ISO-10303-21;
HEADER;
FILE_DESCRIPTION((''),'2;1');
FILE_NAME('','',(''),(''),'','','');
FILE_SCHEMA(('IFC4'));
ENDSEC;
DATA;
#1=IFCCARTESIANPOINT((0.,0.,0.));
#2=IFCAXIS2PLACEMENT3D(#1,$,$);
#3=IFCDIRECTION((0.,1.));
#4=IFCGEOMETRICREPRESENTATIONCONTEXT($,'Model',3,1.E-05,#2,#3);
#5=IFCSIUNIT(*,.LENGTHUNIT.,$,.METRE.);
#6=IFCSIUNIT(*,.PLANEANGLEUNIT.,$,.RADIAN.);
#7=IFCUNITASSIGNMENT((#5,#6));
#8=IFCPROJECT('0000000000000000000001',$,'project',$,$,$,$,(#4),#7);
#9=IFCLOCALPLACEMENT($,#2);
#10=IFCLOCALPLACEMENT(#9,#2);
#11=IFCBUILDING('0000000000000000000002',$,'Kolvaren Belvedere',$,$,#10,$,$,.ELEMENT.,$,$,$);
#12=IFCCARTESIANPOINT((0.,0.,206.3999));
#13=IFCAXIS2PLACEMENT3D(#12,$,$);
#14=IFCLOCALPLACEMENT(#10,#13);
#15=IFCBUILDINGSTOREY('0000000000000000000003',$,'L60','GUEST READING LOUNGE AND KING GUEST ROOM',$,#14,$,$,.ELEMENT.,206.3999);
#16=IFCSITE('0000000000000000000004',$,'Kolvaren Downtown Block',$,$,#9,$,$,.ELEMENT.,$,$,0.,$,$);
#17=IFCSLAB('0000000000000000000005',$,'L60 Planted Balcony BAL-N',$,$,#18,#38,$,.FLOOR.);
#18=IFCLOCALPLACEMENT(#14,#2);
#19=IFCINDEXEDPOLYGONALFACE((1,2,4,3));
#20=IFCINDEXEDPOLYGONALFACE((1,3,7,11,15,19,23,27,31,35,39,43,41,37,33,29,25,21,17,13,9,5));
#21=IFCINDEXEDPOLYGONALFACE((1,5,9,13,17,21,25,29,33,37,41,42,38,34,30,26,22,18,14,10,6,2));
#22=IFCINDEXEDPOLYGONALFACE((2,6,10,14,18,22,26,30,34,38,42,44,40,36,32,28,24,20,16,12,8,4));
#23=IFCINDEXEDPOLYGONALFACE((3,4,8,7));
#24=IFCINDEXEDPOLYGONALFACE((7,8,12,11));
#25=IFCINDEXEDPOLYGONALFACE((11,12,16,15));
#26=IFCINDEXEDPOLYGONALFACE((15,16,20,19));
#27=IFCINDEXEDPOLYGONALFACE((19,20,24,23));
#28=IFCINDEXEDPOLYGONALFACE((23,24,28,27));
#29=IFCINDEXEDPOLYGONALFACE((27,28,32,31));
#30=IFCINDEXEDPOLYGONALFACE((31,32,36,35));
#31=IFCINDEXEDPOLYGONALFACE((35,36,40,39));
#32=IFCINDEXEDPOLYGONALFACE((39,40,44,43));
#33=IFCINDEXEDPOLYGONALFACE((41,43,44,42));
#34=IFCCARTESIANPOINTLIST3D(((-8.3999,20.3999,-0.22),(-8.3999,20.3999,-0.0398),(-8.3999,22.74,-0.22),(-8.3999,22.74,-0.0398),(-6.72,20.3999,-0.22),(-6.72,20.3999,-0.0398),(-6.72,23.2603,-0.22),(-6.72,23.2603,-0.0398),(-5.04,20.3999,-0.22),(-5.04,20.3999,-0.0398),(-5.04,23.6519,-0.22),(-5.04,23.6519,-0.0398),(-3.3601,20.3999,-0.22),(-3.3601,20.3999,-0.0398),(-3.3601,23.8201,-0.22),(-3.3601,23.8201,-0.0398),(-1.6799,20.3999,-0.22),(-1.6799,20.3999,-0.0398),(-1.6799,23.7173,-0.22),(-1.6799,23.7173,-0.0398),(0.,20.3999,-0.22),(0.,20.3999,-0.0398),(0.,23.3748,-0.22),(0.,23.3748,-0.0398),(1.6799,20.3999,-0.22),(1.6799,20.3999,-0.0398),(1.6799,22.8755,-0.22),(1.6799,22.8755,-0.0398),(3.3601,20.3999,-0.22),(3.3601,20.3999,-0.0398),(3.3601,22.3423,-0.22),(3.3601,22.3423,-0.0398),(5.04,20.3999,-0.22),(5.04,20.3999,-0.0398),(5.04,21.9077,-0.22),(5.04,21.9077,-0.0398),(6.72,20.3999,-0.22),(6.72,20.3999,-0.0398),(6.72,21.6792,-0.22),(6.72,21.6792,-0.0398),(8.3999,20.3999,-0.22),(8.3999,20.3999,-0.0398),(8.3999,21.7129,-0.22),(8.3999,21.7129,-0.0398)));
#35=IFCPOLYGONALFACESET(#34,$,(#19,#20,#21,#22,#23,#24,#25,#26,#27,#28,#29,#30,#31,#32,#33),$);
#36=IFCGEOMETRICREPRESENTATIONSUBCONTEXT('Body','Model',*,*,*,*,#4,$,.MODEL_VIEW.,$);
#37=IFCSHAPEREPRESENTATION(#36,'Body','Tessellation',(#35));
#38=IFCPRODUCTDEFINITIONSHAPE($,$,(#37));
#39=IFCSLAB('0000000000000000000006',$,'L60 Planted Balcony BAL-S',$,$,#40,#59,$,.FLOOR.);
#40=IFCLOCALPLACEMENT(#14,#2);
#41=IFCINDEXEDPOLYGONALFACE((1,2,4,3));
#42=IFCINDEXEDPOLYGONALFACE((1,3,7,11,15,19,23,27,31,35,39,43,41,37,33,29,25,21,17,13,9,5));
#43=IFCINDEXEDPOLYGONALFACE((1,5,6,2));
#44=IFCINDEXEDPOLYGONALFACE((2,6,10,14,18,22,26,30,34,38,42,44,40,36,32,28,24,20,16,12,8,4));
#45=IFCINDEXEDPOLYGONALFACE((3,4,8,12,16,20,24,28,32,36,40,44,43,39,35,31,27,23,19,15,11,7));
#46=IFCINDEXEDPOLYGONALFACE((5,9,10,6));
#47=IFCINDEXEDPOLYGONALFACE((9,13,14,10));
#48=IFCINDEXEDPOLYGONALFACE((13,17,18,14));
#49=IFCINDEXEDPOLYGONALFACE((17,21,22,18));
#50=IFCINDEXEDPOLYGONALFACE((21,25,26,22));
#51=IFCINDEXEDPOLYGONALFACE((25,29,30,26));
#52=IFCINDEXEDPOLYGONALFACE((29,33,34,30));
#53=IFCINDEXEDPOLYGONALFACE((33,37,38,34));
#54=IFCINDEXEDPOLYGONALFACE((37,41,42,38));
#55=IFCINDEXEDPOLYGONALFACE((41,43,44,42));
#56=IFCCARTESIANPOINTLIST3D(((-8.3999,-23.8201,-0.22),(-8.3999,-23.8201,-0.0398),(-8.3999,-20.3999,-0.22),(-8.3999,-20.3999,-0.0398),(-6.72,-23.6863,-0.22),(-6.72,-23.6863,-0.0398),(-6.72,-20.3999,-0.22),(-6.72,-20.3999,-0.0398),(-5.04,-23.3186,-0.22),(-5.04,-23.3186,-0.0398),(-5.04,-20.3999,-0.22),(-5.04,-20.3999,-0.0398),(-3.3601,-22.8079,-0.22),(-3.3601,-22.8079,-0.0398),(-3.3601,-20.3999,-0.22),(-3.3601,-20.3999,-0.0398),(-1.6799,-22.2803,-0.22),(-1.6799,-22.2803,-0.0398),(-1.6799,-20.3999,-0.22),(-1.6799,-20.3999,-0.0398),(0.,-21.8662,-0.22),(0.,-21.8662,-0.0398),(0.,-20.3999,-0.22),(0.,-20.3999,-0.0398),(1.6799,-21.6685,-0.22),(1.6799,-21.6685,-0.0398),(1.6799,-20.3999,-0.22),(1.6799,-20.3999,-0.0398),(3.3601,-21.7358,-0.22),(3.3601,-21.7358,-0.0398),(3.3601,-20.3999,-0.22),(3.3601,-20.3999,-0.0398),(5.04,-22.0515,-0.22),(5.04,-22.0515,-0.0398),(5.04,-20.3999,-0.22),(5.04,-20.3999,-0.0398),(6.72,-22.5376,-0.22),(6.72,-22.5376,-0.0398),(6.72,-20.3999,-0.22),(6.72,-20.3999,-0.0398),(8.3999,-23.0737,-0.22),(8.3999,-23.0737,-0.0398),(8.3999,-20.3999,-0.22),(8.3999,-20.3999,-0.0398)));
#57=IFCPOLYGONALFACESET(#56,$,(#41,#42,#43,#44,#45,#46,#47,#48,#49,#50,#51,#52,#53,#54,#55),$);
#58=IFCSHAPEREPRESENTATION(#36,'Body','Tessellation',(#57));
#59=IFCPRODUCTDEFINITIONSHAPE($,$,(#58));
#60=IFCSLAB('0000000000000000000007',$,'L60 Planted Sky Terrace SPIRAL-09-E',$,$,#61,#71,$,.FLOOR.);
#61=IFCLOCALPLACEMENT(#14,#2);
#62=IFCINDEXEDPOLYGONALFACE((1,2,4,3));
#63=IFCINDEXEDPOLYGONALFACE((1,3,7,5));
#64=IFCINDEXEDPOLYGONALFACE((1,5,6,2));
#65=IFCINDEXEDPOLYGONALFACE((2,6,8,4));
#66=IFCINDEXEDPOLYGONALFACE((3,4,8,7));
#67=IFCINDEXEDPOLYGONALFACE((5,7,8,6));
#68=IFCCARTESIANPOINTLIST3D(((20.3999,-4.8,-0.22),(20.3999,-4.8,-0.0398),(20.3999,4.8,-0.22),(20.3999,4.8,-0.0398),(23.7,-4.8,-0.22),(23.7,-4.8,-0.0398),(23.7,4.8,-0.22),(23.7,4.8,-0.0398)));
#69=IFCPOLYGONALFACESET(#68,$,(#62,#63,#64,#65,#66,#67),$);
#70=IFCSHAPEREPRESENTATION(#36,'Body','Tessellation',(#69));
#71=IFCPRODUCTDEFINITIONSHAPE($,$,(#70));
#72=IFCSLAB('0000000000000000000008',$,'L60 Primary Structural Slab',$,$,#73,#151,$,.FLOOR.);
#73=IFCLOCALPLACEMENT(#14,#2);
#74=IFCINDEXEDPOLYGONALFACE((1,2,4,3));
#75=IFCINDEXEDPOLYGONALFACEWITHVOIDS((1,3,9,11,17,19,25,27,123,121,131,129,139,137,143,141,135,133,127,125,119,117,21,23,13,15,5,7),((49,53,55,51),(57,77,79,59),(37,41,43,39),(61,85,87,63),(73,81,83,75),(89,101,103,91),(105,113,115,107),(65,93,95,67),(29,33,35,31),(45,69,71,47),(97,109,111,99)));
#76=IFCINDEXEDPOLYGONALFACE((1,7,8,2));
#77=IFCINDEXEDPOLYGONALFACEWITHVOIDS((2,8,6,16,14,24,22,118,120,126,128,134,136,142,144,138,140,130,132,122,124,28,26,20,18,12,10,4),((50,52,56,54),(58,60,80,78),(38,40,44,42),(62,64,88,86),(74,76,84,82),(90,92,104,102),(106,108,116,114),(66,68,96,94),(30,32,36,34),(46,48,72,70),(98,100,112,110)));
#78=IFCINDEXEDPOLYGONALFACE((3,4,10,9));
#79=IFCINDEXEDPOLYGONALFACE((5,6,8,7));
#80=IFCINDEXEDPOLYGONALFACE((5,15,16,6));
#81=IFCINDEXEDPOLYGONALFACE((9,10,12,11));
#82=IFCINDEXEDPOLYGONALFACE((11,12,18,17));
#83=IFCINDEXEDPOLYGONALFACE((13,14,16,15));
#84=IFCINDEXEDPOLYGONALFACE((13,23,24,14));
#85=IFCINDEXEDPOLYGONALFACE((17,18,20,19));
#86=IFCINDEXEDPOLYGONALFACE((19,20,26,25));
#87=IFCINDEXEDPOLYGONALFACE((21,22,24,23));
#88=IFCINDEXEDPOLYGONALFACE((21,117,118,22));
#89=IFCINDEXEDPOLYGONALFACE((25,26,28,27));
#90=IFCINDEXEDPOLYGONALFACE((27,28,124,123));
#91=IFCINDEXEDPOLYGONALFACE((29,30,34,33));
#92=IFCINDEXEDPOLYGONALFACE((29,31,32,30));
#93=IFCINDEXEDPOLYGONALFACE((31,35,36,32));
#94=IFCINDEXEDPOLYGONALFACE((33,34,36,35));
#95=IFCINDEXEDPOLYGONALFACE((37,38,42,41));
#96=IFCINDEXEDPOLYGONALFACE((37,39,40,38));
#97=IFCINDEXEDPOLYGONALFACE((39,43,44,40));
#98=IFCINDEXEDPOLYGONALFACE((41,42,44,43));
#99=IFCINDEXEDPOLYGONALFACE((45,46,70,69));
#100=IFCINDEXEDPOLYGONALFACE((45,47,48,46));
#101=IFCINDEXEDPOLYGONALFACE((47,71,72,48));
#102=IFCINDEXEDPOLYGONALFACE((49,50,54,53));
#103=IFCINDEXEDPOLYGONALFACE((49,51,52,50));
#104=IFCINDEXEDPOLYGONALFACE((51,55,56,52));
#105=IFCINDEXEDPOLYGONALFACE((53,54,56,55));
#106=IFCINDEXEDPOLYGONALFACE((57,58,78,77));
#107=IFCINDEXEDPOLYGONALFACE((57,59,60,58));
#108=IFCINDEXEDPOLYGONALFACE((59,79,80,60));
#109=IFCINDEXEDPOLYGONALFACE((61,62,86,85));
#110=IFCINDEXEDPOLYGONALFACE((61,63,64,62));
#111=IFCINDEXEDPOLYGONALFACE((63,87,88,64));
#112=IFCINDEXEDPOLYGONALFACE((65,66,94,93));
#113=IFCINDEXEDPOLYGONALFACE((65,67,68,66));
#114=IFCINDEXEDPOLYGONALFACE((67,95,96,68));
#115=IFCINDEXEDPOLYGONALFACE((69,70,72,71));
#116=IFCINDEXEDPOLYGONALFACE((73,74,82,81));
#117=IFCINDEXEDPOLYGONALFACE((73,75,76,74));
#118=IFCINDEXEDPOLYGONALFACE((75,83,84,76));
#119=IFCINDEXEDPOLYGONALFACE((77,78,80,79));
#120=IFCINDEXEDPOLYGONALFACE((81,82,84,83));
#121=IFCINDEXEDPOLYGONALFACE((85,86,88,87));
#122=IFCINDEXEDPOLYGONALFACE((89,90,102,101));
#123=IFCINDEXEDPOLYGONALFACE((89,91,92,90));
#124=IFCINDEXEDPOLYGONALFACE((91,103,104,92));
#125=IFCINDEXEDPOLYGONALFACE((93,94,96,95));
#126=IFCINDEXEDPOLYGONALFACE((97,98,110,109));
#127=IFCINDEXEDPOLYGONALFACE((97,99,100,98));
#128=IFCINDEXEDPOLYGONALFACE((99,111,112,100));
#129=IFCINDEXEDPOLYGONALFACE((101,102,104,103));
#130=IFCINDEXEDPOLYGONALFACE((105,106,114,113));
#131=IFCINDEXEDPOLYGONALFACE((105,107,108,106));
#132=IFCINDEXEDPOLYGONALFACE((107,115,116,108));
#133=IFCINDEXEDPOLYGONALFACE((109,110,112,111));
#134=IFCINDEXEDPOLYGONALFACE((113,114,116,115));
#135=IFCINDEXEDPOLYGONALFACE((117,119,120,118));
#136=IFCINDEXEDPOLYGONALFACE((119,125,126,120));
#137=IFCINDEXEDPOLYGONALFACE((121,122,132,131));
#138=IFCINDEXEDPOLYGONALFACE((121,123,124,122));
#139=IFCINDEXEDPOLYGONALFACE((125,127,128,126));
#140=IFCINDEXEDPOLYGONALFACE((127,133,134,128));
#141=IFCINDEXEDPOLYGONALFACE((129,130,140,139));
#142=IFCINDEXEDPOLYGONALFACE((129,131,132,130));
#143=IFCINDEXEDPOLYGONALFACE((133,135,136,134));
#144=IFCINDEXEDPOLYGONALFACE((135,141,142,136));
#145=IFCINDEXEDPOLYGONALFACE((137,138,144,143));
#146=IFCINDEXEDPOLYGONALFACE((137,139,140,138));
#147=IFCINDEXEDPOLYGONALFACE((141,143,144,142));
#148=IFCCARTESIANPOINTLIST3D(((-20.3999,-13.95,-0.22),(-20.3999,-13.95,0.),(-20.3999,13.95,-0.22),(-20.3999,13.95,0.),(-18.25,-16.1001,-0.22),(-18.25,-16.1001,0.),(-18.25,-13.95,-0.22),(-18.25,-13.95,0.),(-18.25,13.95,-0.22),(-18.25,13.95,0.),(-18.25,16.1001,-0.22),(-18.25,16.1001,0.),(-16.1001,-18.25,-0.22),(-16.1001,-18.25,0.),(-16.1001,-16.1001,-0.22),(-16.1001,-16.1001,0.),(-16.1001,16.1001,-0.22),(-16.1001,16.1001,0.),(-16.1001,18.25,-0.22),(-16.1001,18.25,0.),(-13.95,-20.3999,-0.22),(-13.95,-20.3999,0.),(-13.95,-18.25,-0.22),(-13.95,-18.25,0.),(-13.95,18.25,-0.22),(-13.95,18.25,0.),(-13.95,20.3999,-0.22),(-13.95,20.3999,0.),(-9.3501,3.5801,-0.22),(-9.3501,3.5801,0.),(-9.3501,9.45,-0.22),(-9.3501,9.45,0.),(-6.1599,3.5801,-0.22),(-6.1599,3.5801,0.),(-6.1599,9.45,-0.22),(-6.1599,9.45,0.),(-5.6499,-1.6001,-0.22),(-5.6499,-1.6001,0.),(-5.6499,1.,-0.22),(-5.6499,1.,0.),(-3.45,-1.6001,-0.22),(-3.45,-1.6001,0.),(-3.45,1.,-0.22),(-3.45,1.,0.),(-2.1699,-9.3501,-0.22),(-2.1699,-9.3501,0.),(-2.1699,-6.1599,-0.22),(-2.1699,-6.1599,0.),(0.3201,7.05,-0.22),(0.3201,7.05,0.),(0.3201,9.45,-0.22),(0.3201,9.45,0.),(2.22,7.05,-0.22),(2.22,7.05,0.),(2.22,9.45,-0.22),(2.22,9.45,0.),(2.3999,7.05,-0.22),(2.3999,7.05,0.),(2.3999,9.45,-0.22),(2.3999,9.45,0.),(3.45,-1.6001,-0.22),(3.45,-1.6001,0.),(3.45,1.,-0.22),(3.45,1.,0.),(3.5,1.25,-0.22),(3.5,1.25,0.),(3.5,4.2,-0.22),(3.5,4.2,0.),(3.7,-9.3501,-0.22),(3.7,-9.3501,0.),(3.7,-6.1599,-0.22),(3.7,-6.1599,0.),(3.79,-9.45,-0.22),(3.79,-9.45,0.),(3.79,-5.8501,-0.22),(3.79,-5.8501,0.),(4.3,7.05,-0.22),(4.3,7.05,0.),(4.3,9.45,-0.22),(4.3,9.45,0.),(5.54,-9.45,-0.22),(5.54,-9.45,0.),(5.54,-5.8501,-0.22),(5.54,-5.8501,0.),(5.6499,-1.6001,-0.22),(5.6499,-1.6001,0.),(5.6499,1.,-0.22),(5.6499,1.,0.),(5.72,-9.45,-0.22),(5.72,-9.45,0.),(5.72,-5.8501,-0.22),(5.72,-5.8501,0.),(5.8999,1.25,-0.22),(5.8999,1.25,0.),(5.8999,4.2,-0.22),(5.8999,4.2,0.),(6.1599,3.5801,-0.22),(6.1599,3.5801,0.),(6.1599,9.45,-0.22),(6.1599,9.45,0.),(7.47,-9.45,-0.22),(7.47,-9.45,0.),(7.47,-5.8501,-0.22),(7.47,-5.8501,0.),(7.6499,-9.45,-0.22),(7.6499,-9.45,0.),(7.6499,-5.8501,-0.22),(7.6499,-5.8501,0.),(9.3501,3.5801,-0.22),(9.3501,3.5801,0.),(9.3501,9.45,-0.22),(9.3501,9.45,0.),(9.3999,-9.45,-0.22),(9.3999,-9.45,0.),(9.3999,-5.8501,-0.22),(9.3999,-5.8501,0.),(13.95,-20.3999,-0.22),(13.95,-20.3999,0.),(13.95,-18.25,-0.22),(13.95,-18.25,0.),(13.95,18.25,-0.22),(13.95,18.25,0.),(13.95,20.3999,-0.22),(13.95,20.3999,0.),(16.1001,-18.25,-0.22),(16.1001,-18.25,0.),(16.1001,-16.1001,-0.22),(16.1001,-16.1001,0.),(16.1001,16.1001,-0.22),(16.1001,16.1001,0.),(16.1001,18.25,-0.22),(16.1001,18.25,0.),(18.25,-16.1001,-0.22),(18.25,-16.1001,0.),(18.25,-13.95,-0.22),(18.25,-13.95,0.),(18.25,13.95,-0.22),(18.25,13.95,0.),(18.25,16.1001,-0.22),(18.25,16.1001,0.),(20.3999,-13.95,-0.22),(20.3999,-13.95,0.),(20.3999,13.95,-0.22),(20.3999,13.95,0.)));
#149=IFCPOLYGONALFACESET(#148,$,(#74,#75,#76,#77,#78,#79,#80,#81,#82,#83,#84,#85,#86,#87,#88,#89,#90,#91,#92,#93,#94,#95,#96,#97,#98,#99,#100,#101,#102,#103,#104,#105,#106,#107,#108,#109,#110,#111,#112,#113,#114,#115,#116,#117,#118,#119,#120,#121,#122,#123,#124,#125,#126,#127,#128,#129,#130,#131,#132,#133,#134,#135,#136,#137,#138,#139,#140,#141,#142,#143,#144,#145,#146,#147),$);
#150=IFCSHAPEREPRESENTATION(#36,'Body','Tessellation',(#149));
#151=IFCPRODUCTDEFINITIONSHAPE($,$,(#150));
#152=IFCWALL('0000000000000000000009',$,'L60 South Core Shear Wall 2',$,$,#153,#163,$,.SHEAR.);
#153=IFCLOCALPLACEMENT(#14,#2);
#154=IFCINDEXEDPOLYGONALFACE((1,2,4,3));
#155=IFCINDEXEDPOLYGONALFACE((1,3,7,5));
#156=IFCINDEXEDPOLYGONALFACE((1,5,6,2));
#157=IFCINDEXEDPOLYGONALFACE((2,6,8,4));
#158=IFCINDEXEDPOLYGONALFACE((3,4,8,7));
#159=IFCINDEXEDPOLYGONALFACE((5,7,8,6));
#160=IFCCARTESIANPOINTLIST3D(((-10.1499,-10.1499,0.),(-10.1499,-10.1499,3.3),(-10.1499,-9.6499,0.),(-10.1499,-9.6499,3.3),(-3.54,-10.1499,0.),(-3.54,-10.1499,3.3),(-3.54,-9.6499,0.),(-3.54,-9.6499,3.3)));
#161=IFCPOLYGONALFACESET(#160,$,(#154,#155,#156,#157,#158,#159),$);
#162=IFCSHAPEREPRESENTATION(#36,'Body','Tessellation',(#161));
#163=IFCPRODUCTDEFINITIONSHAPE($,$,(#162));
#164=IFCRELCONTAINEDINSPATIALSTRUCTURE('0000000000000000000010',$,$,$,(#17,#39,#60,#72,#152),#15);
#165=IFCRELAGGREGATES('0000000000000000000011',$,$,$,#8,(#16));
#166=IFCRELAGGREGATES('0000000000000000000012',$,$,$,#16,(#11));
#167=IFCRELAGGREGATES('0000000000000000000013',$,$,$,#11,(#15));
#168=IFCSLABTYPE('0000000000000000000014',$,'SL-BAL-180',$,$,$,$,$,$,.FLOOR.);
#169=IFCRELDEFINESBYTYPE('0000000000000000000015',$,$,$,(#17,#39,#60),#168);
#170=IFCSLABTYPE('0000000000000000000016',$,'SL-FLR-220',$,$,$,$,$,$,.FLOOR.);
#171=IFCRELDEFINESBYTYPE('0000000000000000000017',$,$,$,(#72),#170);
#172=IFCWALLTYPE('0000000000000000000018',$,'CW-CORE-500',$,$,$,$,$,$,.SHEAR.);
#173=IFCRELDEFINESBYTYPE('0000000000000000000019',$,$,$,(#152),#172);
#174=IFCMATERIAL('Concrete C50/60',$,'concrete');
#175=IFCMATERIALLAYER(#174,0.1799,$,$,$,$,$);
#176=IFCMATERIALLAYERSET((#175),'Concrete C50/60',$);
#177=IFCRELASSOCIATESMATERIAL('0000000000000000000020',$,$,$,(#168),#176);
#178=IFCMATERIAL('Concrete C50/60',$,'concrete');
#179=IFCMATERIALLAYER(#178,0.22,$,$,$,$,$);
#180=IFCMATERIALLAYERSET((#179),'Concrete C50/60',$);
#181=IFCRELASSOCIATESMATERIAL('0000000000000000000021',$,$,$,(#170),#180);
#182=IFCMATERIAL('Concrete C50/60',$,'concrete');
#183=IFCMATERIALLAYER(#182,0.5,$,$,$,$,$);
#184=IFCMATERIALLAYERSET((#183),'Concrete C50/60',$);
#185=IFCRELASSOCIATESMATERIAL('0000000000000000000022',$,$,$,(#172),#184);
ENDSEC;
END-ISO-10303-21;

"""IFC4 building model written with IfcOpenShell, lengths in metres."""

from ifc_helpers import new_model, si_unit, direction, frame, frame_2d, origin, place, context, subcontext, project, spatial, polyline, rectangle, outline, extrude, material, layer, layer_set, type_object, element, save


model = new_model("IFC4")

# Units and contexts
model_context = context("Model", 3, precision=1e-05, world=origin(), true_north=direction((0.0, 1.0)))
body_context = subcontext(model_context, "Body", "Model", "MODEL_VIEW")
ifc_project = project(units=[si_unit("LENGTHUNIT", "METRE"), si_unit("PLANEANGLEUNIT", "RADIAN")], contexts=[model_context])

# Site, building, storey
site_placement = place(None, origin())
site = spatial("IfcSite", under=ifc_project, at=site_placement, Name="Kolvaren Downtown Block", CompositionType="ELEMENT", RefElevation=0.0)
building_placement = place(site_placement, origin())
building = spatial("IfcBuilding", under=site, at=building_placement, Name="Kolvaren Belvedere", CompositionType="ELEMENT")
storey_placement = place(building_placement, frame((0.0, 0.0, 206.3999)))
storey = spatial("IfcBuildingStorey", under=building, at=storey_placement, Name="L60", Description="GUEST READING LOUNGE AND KING GUEST ROOM", CompositionType="ELEMENT", Elevation=206.3999)

# Slabs
ifc_material_1 = material(Name="Concrete C50/60", Category="concrete")
ifc_layer_1 = layer(ifc_material_1, 0.1799)
ifc_layer_set_1 = layer_set([ifc_layer_1], Name="Concrete C50/60")
slab_type_1 = type_object("IfcSlabType", Name="SL-BAL-180", PredefinedType="FLOOR", material=ifc_layer_set_1)
slab_1_placement = place(storey_placement, frame((0.0, 0.0, -0.22)))
element("IfcSlab", 1, at=slab_1_placement, inside=storey, type_object=slab_type_1, Name="L60 Planted Balcony BAL-N", PredefinedType="FLOOR", context=body_context, shape_type="SweptSolid", body=[
    extrude(outline(polyline([(-8.3999, 20.3999), (-6.72, 20.3999), (-5.04, 20.3999), (-3.3601, 20.3999), (-1.6799, 20.3999), (0.0, 20.3999), (1.6799, 20.3999), (3.3601, 20.3999), (5.04, 20.3999), (6.72, 20.3999), (8.3999, 20.3999), (8.3999, 21.7129), (6.72, 21.6792), (5.04, 21.9077), (3.3601, 22.3423), (1.6799, 22.8755), (0.0, 23.3748), (-1.6799, 23.7173), (-3.3601, 23.8201), (-5.04, 23.6519), (-6.72, 23.2603), (-8.3999, 22.74), (-8.3999, 20.3999)])), origin(), (0.0, 0.0, 1.0), 0.1802),
])
slab_2_placement = place(storey_placement, frame((0.0, 0.0, -0.22)))
element("IfcSlab", 2, at=slab_2_placement, inside=storey, type_object=slab_type_1, Name="L60 Planted Balcony BAL-S", PredefinedType="FLOOR", context=body_context, shape_type="SweptSolid", body=[
    extrude(outline(polyline([(-8.3999, -23.8201), (-6.72, -23.6863), (-5.04, -23.3186), (-3.3601, -22.8079), (-1.6799, -22.2803), (0.0, -21.8662), (1.6799, -21.6685), (3.3601, -21.7358), (5.04, -22.0515), (6.72, -22.5376), (8.3999, -23.0737), (8.3999, -20.3999), (6.72, -20.3999), (5.04, -20.3999), (3.3601, -20.3999), (1.6799, -20.3999), (0.0, -20.3999), (-1.6799, -20.3999), (-3.3601, -20.3999), (-5.04, -20.3999), (-6.72, -20.3999), (-8.3999, -20.3999), (-8.3999, -23.8201)])), origin(), (0.0, 0.0, 1.0), 0.1802),
])
slab_3_placement = place(storey_placement, frame((0.0, 0.0, -0.22)))
element("IfcSlab", 3, at=slab_3_placement, inside=storey, type_object=slab_type_1, Name="L60 Planted Sky Terrace SPIRAL-09-E", PredefinedType="FLOOR", context=body_context, shape_type="SweptSolid", body=[
    extrude(outline(polyline([(20.3999, -4.8), (23.7, -4.8), (23.7, 4.8), (20.3999, 4.8), (20.3999, -4.8)])), origin(), (0.0, 0.0, 1.0), 0.1802),
])
ifc_material_2 = material(Name="Concrete C50/60", Category="concrete")
ifc_layer_2 = layer(ifc_material_2, 0.22)
ifc_layer_set_2 = layer_set([ifc_layer_2], Name="Concrete C50/60")
slab_type_2 = type_object("IfcSlabType", Name="SL-FLR-220", PredefinedType="FLOOR", material=ifc_layer_set_2)
slab_4_placement = place(storey_placement, frame((0.0, 0.0, -0.22)))
element("IfcSlab", 4, at=slab_4_placement, inside=storey, type_object=slab_type_2, Name="L60 Primary Structural Slab", PredefinedType="FLOOR", context=body_context, shape_type="SweptSolid", body=[
    extrude(outline(polyline([(-13.95, -20.3999), (13.95, -20.3999), (13.95, -18.25), (16.1001, -18.25), (16.1001, -16.1001), (18.25, -16.1001), (18.25, -13.95), (20.3999, -13.95), (20.3999, 13.95), (18.25, 13.95), (18.25, 16.1001), (16.1001, 16.1001), (16.1001, 18.25), (13.95, 18.25), (13.95, 20.3999), (-13.95, 20.3999), (-13.95, 18.25), (-16.1001, 18.25), (-16.1001, 16.1001), (-18.25, 16.1001), (-18.25, 13.95), (-20.3999, 13.95), (-20.3999, -13.95), (-18.25, -13.95), (-18.25, -16.1001), (-16.1001, -16.1001), (-16.1001, -18.25), (-13.95, -18.25), (-13.95, -20.3999)]), holes=[polyline([(-9.3501, 3.5801), (-6.1599, 3.5801), (-6.1599, 9.45), (-9.3501, 9.45), (-9.3501, 3.5801)]), polyline([(6.1599, 3.5801), (9.3501, 3.5801), (9.3501, 9.45), (6.1599, 9.45), (6.1599, 3.5801)]), polyline([(-2.1699, -9.3501), (3.7, -9.3501), (3.7, -6.1599), (-2.1699, -6.1599), (-2.1699, -9.3501)]), polyline([(-5.6499, -1.6001), (-3.45, -1.6001), (-3.45, 1.0), (-5.6499, 1.0), (-5.6499, -1.6001)]), polyline([(3.5, 1.25), (5.8999, 1.25), (5.8999, 4.2), (3.5, 4.2), (3.5, 1.25)]), polyline([(3.45, -1.6001), (5.6499, -1.6001), (5.6499, 1.0), (3.45, 1.0), (3.45, -1.6001)]), polyline([(3.79, -9.45), (5.54, -9.45), (5.54, -5.8501), (3.79, -5.8501), (3.79, -9.45)]), polyline([(5.72, -9.45), (7.47, -9.45), (7.47, -5.8501), (5.72, -5.8501), (5.72, -9.45)]), polyline([(7.6499, -9.45), (9.3999, -9.45), (9.3999, -5.8501), (7.6499, -5.8501), (7.6499, -9.45)]), polyline([(0.3201, 7.05), (2.22, 7.05), (2.22, 9.45), (0.3201, 9.45), (0.3201, 7.05)]), polyline([(2.3999, 7.05), (4.3, 7.05), (4.3, 9.45), (2.3999, 9.45), (2.3999, 7.05)])]), origin(), (0.0, 0.0, 1.0), 0.22),
])

# Wall
ifc_material_3 = material(Name="Concrete C50/60", Category="concrete")
ifc_layer_3 = layer(ifc_material_3, 0.5)
ifc_layer_set_3 = layer_set([ifc_layer_3], Name="Concrete C50/60")
wall_type_1 = type_object("IfcWallType", Name="CW-CORE-500", PredefinedType="SHEAR", material=ifc_layer_set_3)
wall_1_placement = place(storey_placement, frame((-3.54, -9.8999, 0.0), z_axis=(0.0, 0.0, 1.0), x_axis=(-1.0, 0.0, 0.0)))
element("IfcWall", 5, at=wall_1_placement, inside=storey, type_object=wall_type_1, Name="L60 South Core Shear Wall 2", PredefinedType="SHEAR", context=body_context, shape_type="SweptSolid", body=[
    extrude(rectangle(XDim=6.6099, YDim=0.5, at=frame_2d((3.3049, 0.0))), origin(), (0.0, 0.0, 1.0), 3.3),
])

save(model, "model.ifc")
